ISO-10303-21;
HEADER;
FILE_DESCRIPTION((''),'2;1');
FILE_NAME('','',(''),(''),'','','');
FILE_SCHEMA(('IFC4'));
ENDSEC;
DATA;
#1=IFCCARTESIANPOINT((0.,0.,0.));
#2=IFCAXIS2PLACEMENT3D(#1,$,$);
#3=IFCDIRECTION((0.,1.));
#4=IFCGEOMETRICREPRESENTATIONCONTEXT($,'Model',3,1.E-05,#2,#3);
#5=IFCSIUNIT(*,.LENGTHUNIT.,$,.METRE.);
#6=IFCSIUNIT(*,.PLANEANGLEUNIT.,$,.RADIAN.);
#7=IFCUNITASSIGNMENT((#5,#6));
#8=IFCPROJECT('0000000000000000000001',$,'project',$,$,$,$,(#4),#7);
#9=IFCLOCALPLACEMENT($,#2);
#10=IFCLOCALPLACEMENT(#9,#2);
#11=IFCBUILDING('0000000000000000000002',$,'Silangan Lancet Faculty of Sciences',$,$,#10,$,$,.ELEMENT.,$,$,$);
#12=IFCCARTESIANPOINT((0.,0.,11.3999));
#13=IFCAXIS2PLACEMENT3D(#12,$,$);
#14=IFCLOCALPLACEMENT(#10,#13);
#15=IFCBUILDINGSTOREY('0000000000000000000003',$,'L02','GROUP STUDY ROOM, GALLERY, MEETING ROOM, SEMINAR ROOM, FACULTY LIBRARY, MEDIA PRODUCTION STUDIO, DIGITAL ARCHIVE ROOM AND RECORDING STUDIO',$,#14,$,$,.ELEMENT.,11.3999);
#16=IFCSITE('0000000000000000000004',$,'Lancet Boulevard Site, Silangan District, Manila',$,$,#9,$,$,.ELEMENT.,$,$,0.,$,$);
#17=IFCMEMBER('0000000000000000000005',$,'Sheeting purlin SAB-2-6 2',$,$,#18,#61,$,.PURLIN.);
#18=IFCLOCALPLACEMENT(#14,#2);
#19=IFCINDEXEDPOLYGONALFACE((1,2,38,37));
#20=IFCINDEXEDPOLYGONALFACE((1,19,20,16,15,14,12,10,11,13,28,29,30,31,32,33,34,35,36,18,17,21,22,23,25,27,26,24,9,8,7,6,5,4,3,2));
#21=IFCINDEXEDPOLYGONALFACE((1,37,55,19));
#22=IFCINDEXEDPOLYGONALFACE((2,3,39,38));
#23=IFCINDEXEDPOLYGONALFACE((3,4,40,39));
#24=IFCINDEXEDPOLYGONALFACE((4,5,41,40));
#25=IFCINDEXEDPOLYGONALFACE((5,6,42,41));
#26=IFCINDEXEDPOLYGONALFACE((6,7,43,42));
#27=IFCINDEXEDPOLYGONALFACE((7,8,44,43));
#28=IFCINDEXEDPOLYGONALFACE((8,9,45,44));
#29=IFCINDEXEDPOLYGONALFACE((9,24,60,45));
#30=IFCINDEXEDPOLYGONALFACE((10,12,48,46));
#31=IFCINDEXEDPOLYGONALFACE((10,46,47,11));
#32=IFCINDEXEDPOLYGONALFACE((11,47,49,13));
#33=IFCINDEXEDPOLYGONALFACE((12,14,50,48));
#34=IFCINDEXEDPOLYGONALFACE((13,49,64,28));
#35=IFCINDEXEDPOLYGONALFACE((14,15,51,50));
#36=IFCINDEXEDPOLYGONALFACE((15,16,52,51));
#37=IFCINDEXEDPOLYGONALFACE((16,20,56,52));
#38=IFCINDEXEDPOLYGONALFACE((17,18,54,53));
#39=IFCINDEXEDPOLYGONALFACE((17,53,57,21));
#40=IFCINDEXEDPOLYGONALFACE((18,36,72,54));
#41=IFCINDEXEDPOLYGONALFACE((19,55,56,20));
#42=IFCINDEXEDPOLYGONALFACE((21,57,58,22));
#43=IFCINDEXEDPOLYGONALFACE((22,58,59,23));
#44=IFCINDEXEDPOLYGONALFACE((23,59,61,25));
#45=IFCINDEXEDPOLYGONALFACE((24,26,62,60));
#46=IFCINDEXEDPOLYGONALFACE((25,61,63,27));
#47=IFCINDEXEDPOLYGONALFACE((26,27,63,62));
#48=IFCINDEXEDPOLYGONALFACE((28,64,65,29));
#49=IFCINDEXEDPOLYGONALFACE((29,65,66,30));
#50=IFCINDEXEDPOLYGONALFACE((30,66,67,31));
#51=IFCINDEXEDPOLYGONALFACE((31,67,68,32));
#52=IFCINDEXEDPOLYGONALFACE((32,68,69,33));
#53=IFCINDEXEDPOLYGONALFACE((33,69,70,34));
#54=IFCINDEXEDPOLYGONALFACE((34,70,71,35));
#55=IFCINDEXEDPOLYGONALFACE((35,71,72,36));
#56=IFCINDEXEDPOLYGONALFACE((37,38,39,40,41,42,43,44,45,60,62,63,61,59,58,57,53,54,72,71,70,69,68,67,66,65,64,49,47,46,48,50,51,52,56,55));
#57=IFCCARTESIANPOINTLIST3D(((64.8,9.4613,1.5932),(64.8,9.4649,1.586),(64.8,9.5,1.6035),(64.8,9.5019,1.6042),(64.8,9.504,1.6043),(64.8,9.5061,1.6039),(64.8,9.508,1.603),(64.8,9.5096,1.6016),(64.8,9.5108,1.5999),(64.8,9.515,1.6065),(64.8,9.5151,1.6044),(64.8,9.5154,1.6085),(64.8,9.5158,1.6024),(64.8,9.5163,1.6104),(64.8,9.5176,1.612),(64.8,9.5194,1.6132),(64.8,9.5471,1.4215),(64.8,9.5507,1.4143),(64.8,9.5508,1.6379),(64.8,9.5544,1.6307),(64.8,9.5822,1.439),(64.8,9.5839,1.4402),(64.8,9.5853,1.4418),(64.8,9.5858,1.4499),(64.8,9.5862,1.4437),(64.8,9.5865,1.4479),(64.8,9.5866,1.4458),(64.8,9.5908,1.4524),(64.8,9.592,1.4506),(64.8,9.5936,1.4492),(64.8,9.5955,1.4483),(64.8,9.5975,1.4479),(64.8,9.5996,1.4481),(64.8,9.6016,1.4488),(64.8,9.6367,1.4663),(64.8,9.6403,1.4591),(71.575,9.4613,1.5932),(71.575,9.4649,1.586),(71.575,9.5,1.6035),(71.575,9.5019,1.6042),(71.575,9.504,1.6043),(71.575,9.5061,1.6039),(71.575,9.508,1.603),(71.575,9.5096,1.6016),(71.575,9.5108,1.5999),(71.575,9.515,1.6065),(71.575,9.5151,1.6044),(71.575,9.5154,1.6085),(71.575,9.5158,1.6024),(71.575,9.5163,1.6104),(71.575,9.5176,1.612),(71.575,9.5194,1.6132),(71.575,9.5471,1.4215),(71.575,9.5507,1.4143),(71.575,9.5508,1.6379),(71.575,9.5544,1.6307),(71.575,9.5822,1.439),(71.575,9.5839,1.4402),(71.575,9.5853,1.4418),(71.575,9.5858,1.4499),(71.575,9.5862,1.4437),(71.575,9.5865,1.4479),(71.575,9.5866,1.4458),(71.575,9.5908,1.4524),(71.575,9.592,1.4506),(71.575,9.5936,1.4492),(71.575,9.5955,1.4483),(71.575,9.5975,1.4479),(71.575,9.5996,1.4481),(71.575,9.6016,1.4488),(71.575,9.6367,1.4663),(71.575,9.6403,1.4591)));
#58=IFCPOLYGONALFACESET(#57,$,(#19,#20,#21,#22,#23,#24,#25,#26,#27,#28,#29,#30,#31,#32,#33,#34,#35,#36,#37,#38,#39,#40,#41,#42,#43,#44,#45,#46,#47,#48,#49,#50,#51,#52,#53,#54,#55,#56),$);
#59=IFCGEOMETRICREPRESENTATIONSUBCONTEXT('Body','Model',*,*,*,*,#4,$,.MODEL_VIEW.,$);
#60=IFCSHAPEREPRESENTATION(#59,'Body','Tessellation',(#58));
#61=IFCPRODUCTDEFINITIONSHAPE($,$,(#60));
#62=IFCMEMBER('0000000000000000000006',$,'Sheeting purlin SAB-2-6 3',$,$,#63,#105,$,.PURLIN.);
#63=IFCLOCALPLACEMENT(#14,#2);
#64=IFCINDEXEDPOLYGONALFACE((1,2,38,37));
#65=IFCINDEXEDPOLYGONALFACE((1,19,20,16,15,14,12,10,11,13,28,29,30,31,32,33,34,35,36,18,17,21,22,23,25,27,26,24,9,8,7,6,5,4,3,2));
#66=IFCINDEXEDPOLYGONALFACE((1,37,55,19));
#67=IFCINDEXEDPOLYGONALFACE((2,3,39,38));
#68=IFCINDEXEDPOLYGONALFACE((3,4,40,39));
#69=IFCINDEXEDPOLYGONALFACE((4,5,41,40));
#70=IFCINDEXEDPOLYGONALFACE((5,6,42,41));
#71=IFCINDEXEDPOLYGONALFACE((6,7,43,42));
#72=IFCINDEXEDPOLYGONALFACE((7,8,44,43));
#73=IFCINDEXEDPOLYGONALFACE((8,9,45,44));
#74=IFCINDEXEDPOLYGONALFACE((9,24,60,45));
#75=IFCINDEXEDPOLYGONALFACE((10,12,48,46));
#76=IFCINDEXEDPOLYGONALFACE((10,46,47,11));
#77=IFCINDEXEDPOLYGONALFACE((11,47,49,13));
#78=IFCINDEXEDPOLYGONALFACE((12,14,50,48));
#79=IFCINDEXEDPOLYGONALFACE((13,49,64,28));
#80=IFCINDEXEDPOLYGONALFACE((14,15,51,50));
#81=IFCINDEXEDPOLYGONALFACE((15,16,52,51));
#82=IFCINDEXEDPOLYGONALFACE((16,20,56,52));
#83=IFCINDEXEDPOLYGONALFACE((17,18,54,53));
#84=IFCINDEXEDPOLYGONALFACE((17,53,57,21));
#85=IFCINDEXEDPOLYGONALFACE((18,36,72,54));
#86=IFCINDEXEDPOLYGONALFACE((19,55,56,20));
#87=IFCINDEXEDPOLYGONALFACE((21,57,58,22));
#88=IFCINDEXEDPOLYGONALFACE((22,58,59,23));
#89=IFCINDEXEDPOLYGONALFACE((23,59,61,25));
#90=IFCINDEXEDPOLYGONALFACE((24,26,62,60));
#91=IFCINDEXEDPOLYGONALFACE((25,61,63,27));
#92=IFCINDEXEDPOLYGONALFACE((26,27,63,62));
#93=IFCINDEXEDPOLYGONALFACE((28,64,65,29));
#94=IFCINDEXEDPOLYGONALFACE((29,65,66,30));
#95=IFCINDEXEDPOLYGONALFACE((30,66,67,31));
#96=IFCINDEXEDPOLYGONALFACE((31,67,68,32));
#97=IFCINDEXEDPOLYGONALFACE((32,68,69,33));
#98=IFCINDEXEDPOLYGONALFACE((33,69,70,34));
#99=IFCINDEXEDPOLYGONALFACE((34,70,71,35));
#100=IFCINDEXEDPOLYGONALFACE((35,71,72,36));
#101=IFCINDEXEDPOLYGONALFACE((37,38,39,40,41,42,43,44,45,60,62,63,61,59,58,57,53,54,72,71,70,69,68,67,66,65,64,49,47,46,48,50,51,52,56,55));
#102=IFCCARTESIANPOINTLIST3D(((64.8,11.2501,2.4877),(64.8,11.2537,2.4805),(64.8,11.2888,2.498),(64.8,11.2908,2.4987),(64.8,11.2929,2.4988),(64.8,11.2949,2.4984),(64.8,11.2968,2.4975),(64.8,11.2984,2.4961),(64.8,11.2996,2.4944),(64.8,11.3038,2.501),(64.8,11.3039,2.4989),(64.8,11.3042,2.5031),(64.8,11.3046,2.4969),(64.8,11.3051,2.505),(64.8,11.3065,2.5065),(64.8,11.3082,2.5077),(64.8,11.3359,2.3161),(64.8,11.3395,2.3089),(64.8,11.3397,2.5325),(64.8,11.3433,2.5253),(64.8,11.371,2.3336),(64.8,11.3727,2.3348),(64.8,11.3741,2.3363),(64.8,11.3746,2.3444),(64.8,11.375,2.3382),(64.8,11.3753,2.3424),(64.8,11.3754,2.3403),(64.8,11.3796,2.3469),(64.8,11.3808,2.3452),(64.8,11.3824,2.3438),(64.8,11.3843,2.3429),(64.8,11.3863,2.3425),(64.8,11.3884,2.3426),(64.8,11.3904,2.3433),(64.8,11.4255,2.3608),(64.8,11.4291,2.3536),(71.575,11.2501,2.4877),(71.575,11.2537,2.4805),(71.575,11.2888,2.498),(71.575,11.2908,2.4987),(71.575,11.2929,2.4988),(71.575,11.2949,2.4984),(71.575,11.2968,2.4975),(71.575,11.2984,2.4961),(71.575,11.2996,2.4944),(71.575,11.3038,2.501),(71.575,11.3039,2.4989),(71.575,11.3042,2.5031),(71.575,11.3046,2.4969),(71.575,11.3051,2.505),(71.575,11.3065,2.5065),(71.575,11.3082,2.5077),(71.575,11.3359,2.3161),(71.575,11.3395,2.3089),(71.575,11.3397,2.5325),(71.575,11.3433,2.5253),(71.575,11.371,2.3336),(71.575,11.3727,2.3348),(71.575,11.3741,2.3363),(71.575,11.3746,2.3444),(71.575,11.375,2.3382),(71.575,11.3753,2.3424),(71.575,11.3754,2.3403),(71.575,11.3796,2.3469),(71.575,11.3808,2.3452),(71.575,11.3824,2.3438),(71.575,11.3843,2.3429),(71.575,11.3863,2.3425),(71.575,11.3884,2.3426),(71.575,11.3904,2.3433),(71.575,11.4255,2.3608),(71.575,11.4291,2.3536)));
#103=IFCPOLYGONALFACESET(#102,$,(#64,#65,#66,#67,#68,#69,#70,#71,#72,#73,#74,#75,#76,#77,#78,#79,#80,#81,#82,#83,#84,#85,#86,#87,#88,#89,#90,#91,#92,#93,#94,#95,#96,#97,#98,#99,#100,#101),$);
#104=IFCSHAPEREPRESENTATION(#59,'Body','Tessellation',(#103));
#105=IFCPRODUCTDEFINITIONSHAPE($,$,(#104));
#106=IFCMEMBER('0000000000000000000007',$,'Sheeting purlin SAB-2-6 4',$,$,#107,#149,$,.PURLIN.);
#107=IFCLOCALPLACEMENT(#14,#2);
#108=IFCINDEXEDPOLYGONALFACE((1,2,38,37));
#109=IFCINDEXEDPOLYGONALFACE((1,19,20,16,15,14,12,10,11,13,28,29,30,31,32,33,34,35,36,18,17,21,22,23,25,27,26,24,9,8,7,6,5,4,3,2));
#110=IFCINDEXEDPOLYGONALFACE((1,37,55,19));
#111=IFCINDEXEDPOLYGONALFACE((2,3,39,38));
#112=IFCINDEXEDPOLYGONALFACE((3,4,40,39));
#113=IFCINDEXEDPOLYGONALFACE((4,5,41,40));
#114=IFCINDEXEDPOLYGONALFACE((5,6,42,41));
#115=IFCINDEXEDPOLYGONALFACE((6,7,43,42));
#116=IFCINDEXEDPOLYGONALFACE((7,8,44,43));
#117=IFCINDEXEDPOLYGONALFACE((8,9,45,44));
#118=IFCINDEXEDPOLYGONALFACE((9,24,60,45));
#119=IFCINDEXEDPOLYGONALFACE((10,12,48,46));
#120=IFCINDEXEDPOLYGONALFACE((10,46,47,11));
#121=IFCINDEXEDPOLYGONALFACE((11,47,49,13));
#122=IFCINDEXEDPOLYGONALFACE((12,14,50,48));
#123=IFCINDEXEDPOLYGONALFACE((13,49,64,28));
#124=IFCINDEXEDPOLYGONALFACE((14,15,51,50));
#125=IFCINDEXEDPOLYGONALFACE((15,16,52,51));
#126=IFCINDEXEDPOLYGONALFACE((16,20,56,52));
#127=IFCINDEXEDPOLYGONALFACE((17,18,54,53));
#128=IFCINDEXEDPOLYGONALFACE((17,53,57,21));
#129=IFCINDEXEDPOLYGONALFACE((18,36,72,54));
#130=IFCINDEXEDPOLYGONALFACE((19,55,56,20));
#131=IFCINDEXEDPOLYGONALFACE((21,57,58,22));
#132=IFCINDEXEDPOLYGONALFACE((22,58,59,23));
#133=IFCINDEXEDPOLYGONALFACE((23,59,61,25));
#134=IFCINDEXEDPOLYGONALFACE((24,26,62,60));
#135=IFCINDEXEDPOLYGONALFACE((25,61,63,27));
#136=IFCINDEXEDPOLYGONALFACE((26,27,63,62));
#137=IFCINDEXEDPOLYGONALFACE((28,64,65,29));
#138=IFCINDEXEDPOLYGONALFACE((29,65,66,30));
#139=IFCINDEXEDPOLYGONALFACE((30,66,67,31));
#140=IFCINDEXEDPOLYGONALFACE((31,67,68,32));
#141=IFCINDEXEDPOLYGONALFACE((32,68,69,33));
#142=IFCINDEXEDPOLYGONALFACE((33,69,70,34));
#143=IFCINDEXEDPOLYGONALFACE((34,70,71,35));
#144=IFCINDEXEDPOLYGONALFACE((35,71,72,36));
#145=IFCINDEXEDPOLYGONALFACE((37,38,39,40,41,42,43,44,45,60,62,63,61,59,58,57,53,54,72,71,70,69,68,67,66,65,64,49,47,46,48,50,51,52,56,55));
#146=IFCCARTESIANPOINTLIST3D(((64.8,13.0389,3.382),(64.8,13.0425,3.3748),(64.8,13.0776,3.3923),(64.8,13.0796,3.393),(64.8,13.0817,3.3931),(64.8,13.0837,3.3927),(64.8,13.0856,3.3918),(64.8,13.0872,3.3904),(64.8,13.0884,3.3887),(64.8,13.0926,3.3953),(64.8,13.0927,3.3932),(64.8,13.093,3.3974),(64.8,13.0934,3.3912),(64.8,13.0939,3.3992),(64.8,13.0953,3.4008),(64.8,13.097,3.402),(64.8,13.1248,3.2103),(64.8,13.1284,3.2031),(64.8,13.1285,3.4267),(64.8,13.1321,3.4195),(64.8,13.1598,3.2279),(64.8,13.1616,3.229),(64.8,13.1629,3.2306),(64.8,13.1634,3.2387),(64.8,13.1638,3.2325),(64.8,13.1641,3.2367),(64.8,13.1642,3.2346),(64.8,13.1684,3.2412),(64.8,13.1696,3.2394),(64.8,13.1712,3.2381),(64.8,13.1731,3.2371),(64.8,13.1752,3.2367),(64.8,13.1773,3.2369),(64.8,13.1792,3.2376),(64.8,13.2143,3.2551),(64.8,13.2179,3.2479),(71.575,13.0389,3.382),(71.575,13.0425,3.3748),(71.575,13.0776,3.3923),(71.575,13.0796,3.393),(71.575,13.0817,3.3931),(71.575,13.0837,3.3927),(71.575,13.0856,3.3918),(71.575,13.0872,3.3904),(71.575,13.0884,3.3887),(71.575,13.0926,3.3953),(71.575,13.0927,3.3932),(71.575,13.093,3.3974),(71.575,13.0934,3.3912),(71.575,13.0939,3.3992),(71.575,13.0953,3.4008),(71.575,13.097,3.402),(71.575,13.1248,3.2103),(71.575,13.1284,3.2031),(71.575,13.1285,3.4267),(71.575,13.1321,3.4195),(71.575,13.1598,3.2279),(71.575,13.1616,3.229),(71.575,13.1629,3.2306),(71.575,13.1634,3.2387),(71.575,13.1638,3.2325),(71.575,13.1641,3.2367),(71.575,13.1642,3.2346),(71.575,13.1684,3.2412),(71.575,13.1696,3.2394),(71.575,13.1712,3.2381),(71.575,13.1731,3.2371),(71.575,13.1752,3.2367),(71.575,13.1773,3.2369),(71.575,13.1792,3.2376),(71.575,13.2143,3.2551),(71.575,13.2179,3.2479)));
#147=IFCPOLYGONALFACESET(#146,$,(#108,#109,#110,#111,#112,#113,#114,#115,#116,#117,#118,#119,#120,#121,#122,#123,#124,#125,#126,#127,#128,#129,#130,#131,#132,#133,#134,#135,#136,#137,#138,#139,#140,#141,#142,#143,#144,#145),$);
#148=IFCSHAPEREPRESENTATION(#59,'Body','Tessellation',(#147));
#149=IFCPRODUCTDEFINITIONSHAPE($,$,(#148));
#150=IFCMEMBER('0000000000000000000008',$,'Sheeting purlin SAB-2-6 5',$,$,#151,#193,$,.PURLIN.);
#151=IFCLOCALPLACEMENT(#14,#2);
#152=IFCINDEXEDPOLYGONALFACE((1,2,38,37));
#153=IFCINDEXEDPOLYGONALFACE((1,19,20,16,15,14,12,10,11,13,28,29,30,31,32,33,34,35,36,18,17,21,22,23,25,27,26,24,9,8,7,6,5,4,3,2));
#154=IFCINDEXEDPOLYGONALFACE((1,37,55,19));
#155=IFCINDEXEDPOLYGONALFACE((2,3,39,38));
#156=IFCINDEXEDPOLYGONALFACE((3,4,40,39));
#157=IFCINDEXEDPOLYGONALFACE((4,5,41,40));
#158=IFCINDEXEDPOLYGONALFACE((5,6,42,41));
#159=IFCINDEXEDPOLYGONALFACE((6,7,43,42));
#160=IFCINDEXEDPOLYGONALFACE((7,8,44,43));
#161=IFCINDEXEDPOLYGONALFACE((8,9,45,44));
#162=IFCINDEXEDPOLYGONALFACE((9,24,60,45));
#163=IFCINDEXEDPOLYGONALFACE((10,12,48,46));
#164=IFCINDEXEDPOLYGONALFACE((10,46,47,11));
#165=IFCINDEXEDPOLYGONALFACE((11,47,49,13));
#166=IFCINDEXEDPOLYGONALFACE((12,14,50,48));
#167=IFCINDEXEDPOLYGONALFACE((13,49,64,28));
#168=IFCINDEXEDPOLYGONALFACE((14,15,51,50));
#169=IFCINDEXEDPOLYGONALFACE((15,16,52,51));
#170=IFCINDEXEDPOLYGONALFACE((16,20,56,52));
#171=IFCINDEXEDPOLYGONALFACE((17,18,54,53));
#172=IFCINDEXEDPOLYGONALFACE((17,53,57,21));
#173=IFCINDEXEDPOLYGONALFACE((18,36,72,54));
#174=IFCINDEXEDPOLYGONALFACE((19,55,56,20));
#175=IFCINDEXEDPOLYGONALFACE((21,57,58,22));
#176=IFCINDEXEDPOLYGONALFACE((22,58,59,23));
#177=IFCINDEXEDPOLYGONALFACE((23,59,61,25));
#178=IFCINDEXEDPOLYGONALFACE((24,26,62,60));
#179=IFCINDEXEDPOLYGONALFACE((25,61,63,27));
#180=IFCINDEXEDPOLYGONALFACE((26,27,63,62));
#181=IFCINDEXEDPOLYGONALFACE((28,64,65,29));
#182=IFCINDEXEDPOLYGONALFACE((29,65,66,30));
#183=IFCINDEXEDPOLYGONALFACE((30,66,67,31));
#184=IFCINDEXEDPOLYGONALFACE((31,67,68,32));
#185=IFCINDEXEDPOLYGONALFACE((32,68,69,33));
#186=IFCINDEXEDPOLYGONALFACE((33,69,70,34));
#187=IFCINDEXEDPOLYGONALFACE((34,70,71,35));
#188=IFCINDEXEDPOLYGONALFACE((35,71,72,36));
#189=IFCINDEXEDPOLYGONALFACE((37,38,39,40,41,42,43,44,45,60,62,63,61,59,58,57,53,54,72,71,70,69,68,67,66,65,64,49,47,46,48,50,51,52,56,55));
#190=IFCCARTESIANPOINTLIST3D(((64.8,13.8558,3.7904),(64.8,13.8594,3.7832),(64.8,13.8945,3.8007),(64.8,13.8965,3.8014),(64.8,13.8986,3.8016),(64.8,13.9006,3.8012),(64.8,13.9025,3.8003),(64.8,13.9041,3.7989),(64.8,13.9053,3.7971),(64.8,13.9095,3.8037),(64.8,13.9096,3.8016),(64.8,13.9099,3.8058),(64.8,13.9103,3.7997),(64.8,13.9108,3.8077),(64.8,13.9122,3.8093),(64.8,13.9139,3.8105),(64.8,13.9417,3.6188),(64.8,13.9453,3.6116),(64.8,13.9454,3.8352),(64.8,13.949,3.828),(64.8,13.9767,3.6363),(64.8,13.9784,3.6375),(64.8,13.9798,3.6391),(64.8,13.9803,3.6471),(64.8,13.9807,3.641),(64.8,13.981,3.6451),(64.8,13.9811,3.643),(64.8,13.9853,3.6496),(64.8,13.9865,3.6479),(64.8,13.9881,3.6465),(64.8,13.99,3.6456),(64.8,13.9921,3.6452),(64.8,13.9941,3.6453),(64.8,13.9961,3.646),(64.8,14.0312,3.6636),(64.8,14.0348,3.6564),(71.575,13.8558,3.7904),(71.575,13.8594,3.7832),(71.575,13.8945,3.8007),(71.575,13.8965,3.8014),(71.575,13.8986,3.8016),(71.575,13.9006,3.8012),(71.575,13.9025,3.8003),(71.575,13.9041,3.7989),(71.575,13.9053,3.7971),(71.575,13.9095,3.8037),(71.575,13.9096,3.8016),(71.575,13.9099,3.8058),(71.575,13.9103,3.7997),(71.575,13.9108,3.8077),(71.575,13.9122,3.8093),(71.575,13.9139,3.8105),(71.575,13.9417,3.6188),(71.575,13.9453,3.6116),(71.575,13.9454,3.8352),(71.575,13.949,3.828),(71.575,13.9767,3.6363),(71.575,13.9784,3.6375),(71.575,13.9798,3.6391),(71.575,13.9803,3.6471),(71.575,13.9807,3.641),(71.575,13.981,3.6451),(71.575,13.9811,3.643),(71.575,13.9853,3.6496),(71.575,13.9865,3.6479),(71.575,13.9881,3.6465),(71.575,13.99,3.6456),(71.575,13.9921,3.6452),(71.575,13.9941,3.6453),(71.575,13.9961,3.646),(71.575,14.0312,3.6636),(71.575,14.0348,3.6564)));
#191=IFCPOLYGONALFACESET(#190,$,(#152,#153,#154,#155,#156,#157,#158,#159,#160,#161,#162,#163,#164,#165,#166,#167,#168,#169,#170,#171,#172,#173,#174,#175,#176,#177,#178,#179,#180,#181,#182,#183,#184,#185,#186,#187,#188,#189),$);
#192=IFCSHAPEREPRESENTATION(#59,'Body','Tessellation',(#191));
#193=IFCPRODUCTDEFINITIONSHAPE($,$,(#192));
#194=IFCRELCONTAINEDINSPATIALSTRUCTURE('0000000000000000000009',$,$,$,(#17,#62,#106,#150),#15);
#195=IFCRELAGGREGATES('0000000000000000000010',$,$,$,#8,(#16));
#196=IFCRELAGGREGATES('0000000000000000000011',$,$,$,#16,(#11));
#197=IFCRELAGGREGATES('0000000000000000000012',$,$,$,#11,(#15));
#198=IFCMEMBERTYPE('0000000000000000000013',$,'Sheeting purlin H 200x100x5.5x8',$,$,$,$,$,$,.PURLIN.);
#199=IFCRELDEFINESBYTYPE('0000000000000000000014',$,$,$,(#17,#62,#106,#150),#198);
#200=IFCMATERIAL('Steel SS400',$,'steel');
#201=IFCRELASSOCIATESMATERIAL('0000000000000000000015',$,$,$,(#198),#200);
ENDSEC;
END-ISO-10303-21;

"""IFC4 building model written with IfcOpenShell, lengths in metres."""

from ifc_helpers import new_model, si_unit, direction, frame, origin, origin_2d, place, context, subcontext, project, spatial, i_section, extrude, material, material_profile, profile_set, type_object, element, save


model = new_model("IFC4")

# Units and contexts
model_context = context("Model", 3, precision=1e-05, world=origin(), true_north=direction((0.0, 1.0)))
body_context = subcontext(model_context, "Body", "Model", "MODEL_VIEW")
ifc_project = project(units=[si_unit("LENGTHUNIT", "METRE"), si_unit("PLANEANGLEUNIT", "RADIAN")], contexts=[model_context])

# Site, building, storey
site_placement = place(None, origin())
site = spatial("IfcSite", under=ifc_project, at=site_placement, Name="Lancet Boulevard Site, Silangan District, Manila", CompositionType="ELEMENT", RefElevation=0.0)
building_placement = place(site_placement, origin())
building = spatial("IfcBuilding", under=site, at=building_placement, Name="Silangan Lancet Faculty of Sciences", CompositionType="ELEMENT")
storey_placement = place(building_placement, frame((0.0, 0.0, 11.3999)))
storey = spatial("IfcBuildingStorey", under=building, at=storey_placement, Name="L02", Description="GROUP STUDY ROOM, GALLERY, MEETING ROOM, SEMINAR ROOM, FACULTY LIBRARY, MEDIA PRODUCTION STUDIO, DIGITAL ARCHIVE ROOM AND RECORDING STUDIO", CompositionType="ELEMENT", Elevation=11.3999)

# Members
ifc_material_1 = material(Name="Steel SS400", Category="steel")
ifc_material_profile_1 = material_profile(ifc_material_1, i_section(OverallWidth=0.1001, OverallDepth=0.2, WebThickness=0.0056, FlangeThickness=0.0081, FilletRadius=0.0081, at=origin_2d()), Name="H 200x100x5.5x8")
ifc_profile_set_1 = profile_set([ifc_material_profile_1], Name="Steel SS400")
member_type_1 = type_object("IfcMemberType", Name="Sheeting purlin H 200x100x5.5x8", PredefinedType="PURLIN", material=ifc_profile_set_1)
for number, where, z_axis, x_axis, name in (
    (1, (64.8, 9.5508, 1.5261), (1.0, 0.0, 0.0), (0.0, 0.894427, 0.447214), "Sheeting purlin SAB-2-6 2"),
    (2, (64.8, 11.3396, 2.4207), (1.0, 0.0, 0.0), (0.0, 0.894427, 0.447214), "Sheeting purlin SAB-2-6 3"),
    (3, (64.8, 13.1284, 3.3149), (1.0, 0.0, 0.0), (0.0, 0.894427, 0.447214), "Sheeting purlin SAB-2-6 4"),
    (4, (64.8, 13.9453, 3.7234), (1.0, 0.0, 0.0), (0.0, 0.894427, 0.447214), "Sheeting purlin SAB-2-6 5"),
):
    element("IfcMember", number, at=place(storey_placement, frame(where, z_axis=z_axis, x_axis=x_axis)), inside=storey, type_object=member_type_1, Name=name, PredefinedType="PURLIN", context=body_context, shape_type="SweptSolid", body=[
        extrude(i_section(OverallWidth=0.1001, OverallDepth=0.2, WebThickness=0.0056, FlangeThickness=0.0081, FilletRadius=0.0081, at=origin_2d()), origin(), (0.0, 0.0, 1.0), 6.7749),
    ])

save(model, "model.ifc")
